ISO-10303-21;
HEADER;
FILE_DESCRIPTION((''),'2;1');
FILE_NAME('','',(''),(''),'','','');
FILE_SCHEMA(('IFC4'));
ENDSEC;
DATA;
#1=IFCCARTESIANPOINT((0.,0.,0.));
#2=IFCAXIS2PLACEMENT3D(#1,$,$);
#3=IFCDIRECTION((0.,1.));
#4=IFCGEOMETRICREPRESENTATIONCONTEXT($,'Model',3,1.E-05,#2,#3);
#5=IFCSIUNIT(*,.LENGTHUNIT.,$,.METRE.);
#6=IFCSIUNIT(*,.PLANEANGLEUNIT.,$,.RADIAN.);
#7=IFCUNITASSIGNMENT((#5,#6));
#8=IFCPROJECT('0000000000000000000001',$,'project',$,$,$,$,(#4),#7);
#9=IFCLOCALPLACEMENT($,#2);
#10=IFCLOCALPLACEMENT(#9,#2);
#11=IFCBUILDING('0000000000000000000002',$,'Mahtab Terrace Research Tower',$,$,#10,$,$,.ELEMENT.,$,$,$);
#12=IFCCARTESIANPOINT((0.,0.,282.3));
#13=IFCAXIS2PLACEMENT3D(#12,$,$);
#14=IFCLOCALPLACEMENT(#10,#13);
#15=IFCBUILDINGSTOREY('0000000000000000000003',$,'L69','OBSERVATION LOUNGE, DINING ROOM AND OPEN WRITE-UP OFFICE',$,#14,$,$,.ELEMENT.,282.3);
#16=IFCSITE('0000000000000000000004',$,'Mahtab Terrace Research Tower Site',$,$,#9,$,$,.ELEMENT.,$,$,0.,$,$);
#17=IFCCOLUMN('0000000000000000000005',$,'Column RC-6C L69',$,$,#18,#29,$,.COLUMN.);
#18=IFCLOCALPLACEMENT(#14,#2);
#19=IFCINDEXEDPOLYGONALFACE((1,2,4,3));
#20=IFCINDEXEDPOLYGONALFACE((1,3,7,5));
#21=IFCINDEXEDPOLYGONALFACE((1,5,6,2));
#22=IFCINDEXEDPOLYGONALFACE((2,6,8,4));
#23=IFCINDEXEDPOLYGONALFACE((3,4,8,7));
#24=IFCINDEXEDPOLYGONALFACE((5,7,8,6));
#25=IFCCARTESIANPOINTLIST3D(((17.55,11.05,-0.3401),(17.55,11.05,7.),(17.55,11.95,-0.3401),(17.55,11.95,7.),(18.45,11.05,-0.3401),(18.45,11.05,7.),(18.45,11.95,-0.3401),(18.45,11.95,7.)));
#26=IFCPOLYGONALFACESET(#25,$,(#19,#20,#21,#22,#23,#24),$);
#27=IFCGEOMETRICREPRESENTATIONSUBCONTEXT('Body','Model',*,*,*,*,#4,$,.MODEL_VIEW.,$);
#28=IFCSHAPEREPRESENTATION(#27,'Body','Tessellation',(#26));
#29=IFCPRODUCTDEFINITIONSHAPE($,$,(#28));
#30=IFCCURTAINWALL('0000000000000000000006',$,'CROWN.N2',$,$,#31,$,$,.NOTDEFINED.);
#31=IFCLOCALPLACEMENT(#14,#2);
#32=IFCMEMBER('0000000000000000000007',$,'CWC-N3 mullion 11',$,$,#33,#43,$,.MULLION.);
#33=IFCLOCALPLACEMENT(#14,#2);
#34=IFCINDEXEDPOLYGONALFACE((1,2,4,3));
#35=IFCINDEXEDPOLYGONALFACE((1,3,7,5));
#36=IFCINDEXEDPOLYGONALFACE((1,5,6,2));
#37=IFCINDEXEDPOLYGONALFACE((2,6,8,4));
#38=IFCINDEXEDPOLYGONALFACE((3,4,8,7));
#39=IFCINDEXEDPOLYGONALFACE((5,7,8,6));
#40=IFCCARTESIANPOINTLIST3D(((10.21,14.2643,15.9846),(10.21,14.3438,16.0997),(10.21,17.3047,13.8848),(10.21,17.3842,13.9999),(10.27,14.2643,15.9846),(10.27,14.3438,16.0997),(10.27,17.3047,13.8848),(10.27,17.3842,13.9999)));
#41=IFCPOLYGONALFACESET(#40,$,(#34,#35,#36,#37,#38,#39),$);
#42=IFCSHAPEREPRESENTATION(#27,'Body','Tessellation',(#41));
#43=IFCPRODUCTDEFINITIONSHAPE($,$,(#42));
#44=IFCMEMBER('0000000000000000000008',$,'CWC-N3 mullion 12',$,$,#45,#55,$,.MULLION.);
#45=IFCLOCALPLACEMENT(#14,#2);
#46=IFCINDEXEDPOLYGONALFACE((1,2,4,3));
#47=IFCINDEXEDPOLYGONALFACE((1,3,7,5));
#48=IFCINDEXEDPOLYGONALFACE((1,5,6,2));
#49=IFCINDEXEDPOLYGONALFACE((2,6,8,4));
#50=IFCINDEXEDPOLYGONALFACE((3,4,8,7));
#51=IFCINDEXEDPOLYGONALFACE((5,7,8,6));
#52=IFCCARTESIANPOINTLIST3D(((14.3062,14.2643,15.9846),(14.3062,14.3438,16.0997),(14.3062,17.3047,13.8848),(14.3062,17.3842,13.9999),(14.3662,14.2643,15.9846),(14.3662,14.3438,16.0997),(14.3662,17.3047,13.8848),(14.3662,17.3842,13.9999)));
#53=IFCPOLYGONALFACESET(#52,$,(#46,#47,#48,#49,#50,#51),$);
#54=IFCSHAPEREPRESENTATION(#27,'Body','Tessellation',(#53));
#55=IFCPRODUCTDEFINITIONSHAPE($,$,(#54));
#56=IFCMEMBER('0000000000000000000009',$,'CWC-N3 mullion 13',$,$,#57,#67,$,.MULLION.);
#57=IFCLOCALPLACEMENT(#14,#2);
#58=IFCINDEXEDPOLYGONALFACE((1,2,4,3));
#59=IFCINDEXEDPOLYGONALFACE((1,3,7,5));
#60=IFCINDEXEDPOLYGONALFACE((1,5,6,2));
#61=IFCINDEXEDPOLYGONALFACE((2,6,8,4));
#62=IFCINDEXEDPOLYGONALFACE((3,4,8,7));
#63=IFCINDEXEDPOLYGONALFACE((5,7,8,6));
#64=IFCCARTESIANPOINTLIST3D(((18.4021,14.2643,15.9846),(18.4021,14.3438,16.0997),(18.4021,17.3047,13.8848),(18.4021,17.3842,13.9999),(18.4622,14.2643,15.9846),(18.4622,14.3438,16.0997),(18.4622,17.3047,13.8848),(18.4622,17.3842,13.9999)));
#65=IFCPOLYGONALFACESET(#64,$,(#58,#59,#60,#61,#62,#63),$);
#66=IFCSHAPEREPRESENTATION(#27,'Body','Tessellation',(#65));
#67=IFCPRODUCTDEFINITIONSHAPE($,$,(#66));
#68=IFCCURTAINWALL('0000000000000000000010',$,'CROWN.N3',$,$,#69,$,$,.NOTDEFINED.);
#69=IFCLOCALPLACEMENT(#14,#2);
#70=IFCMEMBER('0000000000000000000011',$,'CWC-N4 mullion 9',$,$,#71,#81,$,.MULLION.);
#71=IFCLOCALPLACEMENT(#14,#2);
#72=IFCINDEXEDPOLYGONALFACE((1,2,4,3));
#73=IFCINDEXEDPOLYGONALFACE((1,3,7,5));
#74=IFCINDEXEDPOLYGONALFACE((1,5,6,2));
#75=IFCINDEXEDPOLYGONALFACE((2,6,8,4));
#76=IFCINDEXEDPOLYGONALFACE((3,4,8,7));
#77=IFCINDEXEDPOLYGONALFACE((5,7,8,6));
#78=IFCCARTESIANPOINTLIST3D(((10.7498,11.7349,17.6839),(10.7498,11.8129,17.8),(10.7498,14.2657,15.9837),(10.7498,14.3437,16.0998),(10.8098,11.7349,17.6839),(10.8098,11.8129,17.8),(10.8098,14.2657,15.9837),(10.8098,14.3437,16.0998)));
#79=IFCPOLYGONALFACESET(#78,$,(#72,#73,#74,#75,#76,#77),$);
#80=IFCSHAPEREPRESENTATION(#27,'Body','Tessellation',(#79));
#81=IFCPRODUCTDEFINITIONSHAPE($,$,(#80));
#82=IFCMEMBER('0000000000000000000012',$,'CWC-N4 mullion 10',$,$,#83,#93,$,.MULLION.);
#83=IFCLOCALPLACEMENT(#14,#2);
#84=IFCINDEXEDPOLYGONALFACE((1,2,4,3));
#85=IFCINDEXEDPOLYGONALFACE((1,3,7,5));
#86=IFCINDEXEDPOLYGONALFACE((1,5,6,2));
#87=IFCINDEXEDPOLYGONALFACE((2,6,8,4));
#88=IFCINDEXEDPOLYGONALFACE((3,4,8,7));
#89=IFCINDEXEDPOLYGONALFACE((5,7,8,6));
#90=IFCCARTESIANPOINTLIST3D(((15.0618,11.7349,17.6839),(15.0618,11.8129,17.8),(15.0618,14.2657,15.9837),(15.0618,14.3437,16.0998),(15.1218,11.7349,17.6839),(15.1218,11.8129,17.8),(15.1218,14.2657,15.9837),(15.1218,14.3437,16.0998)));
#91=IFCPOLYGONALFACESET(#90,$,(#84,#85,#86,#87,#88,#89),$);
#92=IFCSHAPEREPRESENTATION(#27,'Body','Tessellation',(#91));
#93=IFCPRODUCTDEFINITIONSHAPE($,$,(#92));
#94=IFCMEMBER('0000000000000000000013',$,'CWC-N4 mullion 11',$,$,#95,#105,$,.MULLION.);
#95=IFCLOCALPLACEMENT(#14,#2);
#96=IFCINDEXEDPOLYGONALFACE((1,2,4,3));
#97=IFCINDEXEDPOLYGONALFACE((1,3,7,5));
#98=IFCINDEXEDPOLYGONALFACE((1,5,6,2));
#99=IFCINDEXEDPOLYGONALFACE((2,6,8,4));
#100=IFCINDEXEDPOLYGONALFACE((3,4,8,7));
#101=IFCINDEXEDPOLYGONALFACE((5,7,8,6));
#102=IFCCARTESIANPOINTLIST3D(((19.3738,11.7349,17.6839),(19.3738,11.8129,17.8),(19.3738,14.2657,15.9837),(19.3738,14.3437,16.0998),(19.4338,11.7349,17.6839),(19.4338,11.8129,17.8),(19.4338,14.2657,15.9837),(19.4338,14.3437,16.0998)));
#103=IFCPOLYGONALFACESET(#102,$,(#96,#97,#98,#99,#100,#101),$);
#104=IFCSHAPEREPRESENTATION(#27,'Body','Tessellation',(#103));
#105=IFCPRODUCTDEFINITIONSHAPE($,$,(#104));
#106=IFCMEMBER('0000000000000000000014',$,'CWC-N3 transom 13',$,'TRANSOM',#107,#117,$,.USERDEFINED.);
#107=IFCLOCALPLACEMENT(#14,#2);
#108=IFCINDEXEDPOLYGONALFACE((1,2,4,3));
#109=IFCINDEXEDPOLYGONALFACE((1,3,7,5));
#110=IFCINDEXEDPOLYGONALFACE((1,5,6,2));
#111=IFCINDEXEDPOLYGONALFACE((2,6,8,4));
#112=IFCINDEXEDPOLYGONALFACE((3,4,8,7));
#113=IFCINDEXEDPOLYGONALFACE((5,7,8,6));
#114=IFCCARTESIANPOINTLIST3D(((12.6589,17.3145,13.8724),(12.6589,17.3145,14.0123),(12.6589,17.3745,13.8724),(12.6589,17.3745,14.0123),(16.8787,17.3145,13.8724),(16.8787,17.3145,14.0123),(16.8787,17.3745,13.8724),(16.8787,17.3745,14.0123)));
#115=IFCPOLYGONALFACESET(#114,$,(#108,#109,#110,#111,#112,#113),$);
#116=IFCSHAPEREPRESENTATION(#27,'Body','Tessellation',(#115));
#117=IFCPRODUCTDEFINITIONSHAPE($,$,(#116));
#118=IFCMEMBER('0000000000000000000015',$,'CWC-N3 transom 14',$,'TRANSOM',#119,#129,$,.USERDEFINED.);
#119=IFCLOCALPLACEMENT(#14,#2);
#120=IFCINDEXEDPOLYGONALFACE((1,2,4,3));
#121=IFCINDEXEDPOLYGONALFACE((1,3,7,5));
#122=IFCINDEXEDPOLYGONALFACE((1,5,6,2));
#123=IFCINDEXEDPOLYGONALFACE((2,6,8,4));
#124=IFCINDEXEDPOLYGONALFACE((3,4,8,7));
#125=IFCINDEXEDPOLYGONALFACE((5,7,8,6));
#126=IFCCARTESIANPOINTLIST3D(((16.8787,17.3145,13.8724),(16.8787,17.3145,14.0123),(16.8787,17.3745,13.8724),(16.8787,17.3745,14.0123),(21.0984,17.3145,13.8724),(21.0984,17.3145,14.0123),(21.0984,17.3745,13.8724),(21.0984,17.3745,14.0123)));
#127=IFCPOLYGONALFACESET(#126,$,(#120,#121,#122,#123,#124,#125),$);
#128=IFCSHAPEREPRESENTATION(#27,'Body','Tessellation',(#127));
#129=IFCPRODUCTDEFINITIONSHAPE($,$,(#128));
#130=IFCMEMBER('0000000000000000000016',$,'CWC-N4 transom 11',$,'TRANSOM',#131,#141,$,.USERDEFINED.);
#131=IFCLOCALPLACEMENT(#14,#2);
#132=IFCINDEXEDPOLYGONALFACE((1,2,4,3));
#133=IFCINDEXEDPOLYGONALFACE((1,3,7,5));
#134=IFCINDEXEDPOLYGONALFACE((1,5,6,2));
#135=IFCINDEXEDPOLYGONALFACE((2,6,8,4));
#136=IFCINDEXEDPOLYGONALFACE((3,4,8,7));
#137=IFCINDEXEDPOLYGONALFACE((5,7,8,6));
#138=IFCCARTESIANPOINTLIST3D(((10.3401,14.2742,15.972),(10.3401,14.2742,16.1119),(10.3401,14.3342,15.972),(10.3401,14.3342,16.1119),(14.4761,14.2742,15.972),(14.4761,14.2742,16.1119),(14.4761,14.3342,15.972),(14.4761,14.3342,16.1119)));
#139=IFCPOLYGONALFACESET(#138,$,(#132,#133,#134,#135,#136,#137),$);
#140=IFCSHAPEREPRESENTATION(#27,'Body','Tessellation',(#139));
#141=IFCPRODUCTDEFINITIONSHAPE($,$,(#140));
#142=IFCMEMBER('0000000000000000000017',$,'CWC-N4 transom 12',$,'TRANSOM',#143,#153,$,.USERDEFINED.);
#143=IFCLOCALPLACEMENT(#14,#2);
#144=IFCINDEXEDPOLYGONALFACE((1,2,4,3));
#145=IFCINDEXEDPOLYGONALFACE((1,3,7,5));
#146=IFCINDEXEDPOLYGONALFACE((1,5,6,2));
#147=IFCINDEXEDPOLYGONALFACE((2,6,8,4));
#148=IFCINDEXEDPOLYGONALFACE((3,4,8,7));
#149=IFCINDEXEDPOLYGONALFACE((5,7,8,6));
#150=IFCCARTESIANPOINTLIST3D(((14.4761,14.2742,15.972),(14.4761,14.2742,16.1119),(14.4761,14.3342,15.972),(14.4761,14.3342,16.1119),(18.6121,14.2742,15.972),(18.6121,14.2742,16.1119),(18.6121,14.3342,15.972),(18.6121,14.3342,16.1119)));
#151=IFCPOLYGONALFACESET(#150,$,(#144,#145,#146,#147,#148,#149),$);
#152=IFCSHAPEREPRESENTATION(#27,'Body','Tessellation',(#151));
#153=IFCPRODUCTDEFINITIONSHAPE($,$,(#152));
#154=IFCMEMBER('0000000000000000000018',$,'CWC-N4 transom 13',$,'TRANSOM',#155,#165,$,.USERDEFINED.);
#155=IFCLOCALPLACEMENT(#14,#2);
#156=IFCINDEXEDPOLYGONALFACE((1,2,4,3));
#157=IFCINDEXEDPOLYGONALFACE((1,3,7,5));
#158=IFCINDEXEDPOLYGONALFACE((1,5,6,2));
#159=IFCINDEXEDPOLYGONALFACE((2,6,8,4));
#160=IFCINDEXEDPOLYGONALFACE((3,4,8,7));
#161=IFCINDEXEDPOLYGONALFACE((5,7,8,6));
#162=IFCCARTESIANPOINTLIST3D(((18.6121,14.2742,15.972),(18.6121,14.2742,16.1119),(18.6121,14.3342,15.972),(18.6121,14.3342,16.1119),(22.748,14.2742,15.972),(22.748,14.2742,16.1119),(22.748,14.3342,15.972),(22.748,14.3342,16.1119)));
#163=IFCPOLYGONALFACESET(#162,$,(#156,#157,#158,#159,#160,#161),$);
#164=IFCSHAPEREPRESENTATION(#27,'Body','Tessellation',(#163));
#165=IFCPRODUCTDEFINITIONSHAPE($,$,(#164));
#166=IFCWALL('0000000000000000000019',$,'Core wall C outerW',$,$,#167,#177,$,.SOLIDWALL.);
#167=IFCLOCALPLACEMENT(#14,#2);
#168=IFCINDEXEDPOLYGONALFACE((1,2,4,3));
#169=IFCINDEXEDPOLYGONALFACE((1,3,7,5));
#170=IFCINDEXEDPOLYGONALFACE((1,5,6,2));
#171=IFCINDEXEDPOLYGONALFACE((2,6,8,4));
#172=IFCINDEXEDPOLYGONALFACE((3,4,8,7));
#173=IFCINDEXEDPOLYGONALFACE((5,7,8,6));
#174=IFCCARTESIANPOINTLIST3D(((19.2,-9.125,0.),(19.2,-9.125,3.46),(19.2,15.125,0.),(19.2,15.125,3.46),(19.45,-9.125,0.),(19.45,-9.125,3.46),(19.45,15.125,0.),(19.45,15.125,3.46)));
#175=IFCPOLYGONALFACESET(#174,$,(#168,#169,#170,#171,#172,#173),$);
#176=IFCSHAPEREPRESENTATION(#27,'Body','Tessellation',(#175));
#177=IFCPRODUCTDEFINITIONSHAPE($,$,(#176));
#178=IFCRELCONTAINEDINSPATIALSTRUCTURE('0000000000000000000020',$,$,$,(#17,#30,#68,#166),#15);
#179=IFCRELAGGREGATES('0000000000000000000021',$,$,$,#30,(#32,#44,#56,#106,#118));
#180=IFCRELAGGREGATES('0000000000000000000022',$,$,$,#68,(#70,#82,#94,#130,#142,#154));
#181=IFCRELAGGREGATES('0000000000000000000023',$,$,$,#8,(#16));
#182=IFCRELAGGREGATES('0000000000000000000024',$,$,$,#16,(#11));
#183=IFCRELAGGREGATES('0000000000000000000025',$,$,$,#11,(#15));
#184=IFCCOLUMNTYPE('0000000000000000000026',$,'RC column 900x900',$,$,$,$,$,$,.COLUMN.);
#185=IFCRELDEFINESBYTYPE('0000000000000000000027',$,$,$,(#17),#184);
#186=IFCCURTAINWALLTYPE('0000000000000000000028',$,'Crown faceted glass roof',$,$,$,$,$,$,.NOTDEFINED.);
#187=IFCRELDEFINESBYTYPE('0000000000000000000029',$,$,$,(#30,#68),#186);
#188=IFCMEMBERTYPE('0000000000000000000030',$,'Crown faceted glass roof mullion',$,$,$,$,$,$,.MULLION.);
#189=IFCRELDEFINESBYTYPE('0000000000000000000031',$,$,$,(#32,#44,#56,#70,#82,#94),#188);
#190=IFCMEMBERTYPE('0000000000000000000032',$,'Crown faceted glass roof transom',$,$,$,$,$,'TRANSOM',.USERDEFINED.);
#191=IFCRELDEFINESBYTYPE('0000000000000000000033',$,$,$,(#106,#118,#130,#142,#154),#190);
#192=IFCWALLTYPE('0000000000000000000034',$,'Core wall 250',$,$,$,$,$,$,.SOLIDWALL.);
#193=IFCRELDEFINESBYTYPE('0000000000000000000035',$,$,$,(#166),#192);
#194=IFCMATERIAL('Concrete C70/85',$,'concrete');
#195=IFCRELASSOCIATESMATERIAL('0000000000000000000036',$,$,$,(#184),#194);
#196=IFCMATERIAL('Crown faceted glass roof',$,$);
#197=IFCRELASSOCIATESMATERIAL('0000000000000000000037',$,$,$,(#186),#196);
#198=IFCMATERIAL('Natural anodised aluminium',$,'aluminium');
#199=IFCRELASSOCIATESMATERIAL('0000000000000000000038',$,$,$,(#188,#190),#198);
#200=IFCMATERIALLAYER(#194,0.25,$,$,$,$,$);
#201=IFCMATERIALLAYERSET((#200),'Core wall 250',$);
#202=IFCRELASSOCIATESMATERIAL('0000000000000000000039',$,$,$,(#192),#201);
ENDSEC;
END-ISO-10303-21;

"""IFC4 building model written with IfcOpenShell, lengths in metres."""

from ifc_helpers import new_model, si_unit, direction, frame, frame_2d, origin, origin_2d, place, context, subcontext, project, spatial, rectangle, extrude, material, layer, layer_set, material_profile, profile_set, type_object, element, aggregate, save


model = new_model("IFC4")

# Units and contexts
model_context = context("Model", 3, precision=1e-05, world=origin(), true_north=direction((0.0, 1.0)))
body_context = subcontext(model_context, "Body", "Model", "MODEL_VIEW")
ifc_project = project(units=[si_unit("LENGTHUNIT", "METRE"), si_unit("PLANEANGLEUNIT", "RADIAN")], contexts=[model_context])

# Site, building, storey
site_placement = place(None, origin())
site = spatial("IfcSite", under=ifc_project, at=site_placement, Name="Mahtab Terrace Research Tower Site", CompositionType="ELEMENT", RefElevation=0.0)
building_placement = place(site_placement, origin())
building = spatial("IfcBuilding", under=site, at=building_placement, Name="Mahtab Terrace Research Tower", CompositionType="ELEMENT")
storey_placement = place(building_placement, frame((0.0, 0.0, 282.3)))
storey = spatial("IfcBuildingStorey", under=building, at=storey_placement, Name="L69", Description="OBSERVATION LOUNGE, DINING ROOM AND OPEN WRITE-UP OFFICE", CompositionType="ELEMENT", Elevation=282.3)

# Column
ifc_material_1 = material(Name="Concrete C70/85", Category="concrete")
ifc_material_profile_1 = material_profile(ifc_material_1, rectangle(XDim=0.8999, YDim=0.8999, at=origin_2d()), Name="RC column 900x900")
ifc_profile_set_1 = profile_set([ifc_material_profile_1], Name="Concrete C70/85")
column_type = type_object("IfcColumnType", Name="RC column 900x900", PredefinedType="COLUMN", material=ifc_profile_set_1)
column_placement = place(storey_placement, frame((18.0, 11.5, -0.3401), z_axis=(0.0, 0.0, 1.0), x_axis=(1.0, 0.0, 0.0)))
element("IfcColumn", 1, at=column_placement, inside=storey, type_object=column_type, Name="Column RC-6C L69", PredefinedType="COLUMN", context=body_context, shape_type="SweptSolid", body=[
    extrude(rectangle(XDim=0.8999, YDim=0.8999, at=origin_2d()), origin(), (0.0, 0.0, 1.0), 7.3401),
])

# Curtain walls, members
ifc_material_2 = material(Name="Crown faceted glass roof")
curtain_wall_type = type_object("IfcCurtainWallType", Name="Crown faceted glass roof", PredefinedType="NOTDEFINED", material=ifc_material_2)
curtain_wall_1_placement = place(storey_placement, origin())
curtain_wall_1 = element("IfcCurtainWall", 2, at=curtain_wall_1_placement, inside=storey, type_object=curtain_wall_type, Name="CROWN.N2", PredefinedType="NOTDEFINED")
ifc_material_3 = material(Name="Natural anodised aluminium", Category="aluminium")
ifc_material_profile_2 = material_profile(ifc_material_3, rectangle(XDim=0.0601, YDim=0.1399, at=origin_2d()), Name="MULLION 60x140")
ifc_profile_set_2 = profile_set([ifc_material_profile_2], Name="Natural anodised aluminium")
member_type_1 = type_object("IfcMemberType", Name="Crown faceted glass roof mullion", PredefinedType="MULLION", material=ifc_profile_set_2)
member_1_placement = place(storey_placement, frame((10.24, 17.3445, 13.9424), z_axis=(0.0, -0.822841, 0.568272), x_axis=(1.0, 0.0, 0.0)))
member_1 = element("IfcMember", 3, at=member_1_placement, type_object=member_type_1, Name="CWC-N3 mullion 11", PredefinedType="MULLION", context=body_context, shape_type="SweptSolid", body=[
    extrude(rectangle(XDim=0.0601, YDim=0.1399, at=origin_2d()), origin(), (0.0, 0.0, 1.0), 3.6951),
])
member_2_placement = place(storey_placement, frame((14.3362, 17.3445, 13.9424), z_axis=(0.0, -0.822841, 0.568272), x_axis=(1.0, 0.0, 0.0)))
member_2 = element("IfcMember", 4, at=member_2_placement, type_object=member_type_1, Name="CWC-N3 mullion 12", PredefinedType="MULLION", context=body_context, shape_type="SweptSolid", body=[
    extrude(rectangle(XDim=0.0601, YDim=0.1399, at=origin_2d()), origin(), (0.0, 0.0, 1.0), 3.6951),
])
member_3_placement = place(storey_placement, frame((18.4321, 17.3445, 13.9424), z_axis=(0.0, -0.822841, 0.568272), x_axis=(1.0, 0.0, 0.0)))
member_3 = element("IfcMember", 5, at=member_3_placement, type_object=member_type_1, Name="CWC-N3 mullion 13", PredefinedType="MULLION", context=body_context, shape_type="SweptSolid", body=[
    extrude(rectangle(XDim=0.0601, YDim=0.1399, at=origin_2d()), origin(), (0.0, 0.0, 1.0), 3.6951),
])
curtain_wall_2_placement = place(storey_placement, origin())
curtain_wall_2 = element("IfcCurtainWall", 6, at=curtain_wall_2_placement, inside=storey, type_object=curtain_wall_type, Name="CROWN.N3", PredefinedType="NOTDEFINED")
member_4_placement = place(storey_placement, frame((10.7798, 14.3047, 16.0417), z_axis=(0.0, -0.830074, 0.557653), x_axis=(1.0, 0.0, 0.0)))
member_4 = element("IfcMember", 7, at=member_4_placement, type_object=member_type_1, Name="CWC-N4 mullion 9", PredefinedType="MULLION", context=body_context, shape_type="SweptSolid", body=[
    extrude(rectangle(XDim=0.0601, YDim=0.1399, at=origin_2d()), origin(), (0.0, 0.0, 1.0), 3.0488),
])
member_5_placement = place(storey_placement, frame((15.0918, 14.3047, 16.0417), z_axis=(0.0, -0.830074, 0.557653), x_axis=(1.0, 0.0, 0.0)))
member_5 = element("IfcMember", 8, at=member_5_placement, type_object=member_type_1, Name="CWC-N4 mullion 10", PredefinedType="MULLION", context=body_context, shape_type="SweptSolid", body=[
    extrude(rectangle(XDim=0.0601, YDim=0.1399, at=origin_2d()), origin(), (0.0, 0.0, 1.0), 3.0488),
])
member_6_placement = place(storey_placement, frame((19.4038, 14.3047, 16.0417), z_axis=(0.0, -0.830074, 0.557653), x_axis=(1.0, 0.0, 0.0)))
member_6 = element("IfcMember", 9, at=member_6_placement, type_object=member_type_1, Name="CWC-N4 mullion 11", PredefinedType="MULLION", context=body_context, shape_type="SweptSolid", body=[
    extrude(rectangle(XDim=0.0601, YDim=0.1399, at=origin_2d()), origin(), (0.0, 0.0, 1.0), 3.0488),
])

# Members
ifc_material_profile_3 = material_profile(ifc_material_3, rectangle(XDim=0.0601, YDim=0.1399, at=origin_2d()), Name="TRANSOM 60x140")
ifc_profile_set_3 = profile_set([ifc_material_profile_3], Name="Natural anodised aluminium")
member_type_2 = type_object("IfcMemberType", Name="Crown faceted glass roof transom", ElementType="TRANSOM", PredefinedType="USERDEFINED", material=ifc_profile_set_3)
member_7_placement = place(storey_placement, frame((12.6589, 17.3445, 13.9424), z_axis=(1.0, 0.0, 0.0), x_axis=(0.0, 1.0, 0.0)))
member_7 = element("IfcMember", 10, at=member_7_placement, type_object=member_type_2, Name="CWC-N3 transom 13", ObjectType="TRANSOM", PredefinedType="USERDEFINED", context=body_context, shape_type="SweptSolid", body=[
    extrude(rectangle(XDim=0.0601, YDim=0.1399, at=origin_2d()), origin(), (0.0, 0.0, 1.0), 4.2197),
])
member_8_placement = place(storey_placement, frame((16.8787, 17.3445, 13.9424), z_axis=(1.0, 0.0, 0.0), x_axis=(0.0, 1.0, 0.0)))
member_8 = element("IfcMember", 11, at=member_8_placement, type_object=member_type_2, Name="CWC-N3 transom 14", ObjectType="TRANSOM", PredefinedType="USERDEFINED", context=body_context, shape_type="SweptSolid", body=[
    extrude(rectangle(XDim=0.0601, YDim=0.1399, at=origin_2d()), origin(), (0.0, 0.0, 1.0), 4.2197),
])
aggregate(curtain_wall_1, [member_1, member_2, member_3, member_7, member_8])
member_9_placement = place(storey_placement, frame((10.3401, 14.3042, 16.042), z_axis=(1.0, 0.0, 0.0), x_axis=(0.0, 1.0, 0.0)))
member_9 = element("IfcMember", 12, at=member_9_placement, type_object=member_type_2, Name="CWC-N4 transom 11", ObjectType="TRANSOM", PredefinedType="USERDEFINED", context=body_context, shape_type="SweptSolid", body=[
    extrude(rectangle(XDim=0.0601, YDim=0.1399, at=origin_2d()), origin(), (0.0, 0.0, 1.0), 4.136),
])
member_10_placement = place(storey_placement, frame((14.4761, 14.3042, 16.042), z_axis=(1.0, 0.0, 0.0), x_axis=(0.0, 1.0, 0.0)))
member_10 = element("IfcMember", 13, at=member_10_placement, type_object=member_type_2, Name="CWC-N4 transom 12", ObjectType="TRANSOM", PredefinedType="USERDEFINED", context=body_context, shape_type="SweptSolid", body=[
    extrude(rectangle(XDim=0.0601, YDim=0.1399, at=origin_2d()), origin(), (0.0, 0.0, 1.0), 4.136),
])
member_11_placement = place(storey_placement, frame((18.6121, 14.3042, 16.042), z_axis=(1.0, 0.0, 0.0), x_axis=(0.0, 1.0, 0.0)))
member_11 = element("IfcMember", 14, at=member_11_placement, type_object=member_type_2, Name="CWC-N4 transom 13", ObjectType="TRANSOM", PredefinedType="USERDEFINED", context=body_context, shape_type="SweptSolid", body=[
    extrude(rectangle(XDim=0.0601, YDim=0.1399, at=origin_2d()), origin(), (0.0, 0.0, 1.0), 4.136),
])
aggregate(curtain_wall_2, [member_4, member_5, member_6, member_9, member_10, member_11])

# Wall
ifc_layer_1 = layer(ifc_material_1, 0.25)
ifc_layer_set_1 = layer_set([ifc_layer_1], Name="Core wall 250")
wall_type_1 = type_object("IfcWallType", Name="Core wall 250", PredefinedType="SOLIDWALL", material=ifc_layer_set_1)
wall_1_placement = place(storey_placement, frame((19.325, 15.125, 0.0), z_axis=(0.0, 0.0, 1.0), x_axis=(0.0, -1.0, 0.0)))
element("IfcWall", 15, at=wall_1_placement, inside=storey, type_object=wall_type_1, Name="Core wall C outerW", PredefinedType="SOLIDWALL", context=body_context, shape_type="SweptSolid", body=[
    extrude(rectangle(XDim=24.25, YDim=0.25, at=frame_2d((12.125, 0.0))), origin(), (0.0, 0.0, 1.0), 3.46),
])

save(model, "model.ifc")
